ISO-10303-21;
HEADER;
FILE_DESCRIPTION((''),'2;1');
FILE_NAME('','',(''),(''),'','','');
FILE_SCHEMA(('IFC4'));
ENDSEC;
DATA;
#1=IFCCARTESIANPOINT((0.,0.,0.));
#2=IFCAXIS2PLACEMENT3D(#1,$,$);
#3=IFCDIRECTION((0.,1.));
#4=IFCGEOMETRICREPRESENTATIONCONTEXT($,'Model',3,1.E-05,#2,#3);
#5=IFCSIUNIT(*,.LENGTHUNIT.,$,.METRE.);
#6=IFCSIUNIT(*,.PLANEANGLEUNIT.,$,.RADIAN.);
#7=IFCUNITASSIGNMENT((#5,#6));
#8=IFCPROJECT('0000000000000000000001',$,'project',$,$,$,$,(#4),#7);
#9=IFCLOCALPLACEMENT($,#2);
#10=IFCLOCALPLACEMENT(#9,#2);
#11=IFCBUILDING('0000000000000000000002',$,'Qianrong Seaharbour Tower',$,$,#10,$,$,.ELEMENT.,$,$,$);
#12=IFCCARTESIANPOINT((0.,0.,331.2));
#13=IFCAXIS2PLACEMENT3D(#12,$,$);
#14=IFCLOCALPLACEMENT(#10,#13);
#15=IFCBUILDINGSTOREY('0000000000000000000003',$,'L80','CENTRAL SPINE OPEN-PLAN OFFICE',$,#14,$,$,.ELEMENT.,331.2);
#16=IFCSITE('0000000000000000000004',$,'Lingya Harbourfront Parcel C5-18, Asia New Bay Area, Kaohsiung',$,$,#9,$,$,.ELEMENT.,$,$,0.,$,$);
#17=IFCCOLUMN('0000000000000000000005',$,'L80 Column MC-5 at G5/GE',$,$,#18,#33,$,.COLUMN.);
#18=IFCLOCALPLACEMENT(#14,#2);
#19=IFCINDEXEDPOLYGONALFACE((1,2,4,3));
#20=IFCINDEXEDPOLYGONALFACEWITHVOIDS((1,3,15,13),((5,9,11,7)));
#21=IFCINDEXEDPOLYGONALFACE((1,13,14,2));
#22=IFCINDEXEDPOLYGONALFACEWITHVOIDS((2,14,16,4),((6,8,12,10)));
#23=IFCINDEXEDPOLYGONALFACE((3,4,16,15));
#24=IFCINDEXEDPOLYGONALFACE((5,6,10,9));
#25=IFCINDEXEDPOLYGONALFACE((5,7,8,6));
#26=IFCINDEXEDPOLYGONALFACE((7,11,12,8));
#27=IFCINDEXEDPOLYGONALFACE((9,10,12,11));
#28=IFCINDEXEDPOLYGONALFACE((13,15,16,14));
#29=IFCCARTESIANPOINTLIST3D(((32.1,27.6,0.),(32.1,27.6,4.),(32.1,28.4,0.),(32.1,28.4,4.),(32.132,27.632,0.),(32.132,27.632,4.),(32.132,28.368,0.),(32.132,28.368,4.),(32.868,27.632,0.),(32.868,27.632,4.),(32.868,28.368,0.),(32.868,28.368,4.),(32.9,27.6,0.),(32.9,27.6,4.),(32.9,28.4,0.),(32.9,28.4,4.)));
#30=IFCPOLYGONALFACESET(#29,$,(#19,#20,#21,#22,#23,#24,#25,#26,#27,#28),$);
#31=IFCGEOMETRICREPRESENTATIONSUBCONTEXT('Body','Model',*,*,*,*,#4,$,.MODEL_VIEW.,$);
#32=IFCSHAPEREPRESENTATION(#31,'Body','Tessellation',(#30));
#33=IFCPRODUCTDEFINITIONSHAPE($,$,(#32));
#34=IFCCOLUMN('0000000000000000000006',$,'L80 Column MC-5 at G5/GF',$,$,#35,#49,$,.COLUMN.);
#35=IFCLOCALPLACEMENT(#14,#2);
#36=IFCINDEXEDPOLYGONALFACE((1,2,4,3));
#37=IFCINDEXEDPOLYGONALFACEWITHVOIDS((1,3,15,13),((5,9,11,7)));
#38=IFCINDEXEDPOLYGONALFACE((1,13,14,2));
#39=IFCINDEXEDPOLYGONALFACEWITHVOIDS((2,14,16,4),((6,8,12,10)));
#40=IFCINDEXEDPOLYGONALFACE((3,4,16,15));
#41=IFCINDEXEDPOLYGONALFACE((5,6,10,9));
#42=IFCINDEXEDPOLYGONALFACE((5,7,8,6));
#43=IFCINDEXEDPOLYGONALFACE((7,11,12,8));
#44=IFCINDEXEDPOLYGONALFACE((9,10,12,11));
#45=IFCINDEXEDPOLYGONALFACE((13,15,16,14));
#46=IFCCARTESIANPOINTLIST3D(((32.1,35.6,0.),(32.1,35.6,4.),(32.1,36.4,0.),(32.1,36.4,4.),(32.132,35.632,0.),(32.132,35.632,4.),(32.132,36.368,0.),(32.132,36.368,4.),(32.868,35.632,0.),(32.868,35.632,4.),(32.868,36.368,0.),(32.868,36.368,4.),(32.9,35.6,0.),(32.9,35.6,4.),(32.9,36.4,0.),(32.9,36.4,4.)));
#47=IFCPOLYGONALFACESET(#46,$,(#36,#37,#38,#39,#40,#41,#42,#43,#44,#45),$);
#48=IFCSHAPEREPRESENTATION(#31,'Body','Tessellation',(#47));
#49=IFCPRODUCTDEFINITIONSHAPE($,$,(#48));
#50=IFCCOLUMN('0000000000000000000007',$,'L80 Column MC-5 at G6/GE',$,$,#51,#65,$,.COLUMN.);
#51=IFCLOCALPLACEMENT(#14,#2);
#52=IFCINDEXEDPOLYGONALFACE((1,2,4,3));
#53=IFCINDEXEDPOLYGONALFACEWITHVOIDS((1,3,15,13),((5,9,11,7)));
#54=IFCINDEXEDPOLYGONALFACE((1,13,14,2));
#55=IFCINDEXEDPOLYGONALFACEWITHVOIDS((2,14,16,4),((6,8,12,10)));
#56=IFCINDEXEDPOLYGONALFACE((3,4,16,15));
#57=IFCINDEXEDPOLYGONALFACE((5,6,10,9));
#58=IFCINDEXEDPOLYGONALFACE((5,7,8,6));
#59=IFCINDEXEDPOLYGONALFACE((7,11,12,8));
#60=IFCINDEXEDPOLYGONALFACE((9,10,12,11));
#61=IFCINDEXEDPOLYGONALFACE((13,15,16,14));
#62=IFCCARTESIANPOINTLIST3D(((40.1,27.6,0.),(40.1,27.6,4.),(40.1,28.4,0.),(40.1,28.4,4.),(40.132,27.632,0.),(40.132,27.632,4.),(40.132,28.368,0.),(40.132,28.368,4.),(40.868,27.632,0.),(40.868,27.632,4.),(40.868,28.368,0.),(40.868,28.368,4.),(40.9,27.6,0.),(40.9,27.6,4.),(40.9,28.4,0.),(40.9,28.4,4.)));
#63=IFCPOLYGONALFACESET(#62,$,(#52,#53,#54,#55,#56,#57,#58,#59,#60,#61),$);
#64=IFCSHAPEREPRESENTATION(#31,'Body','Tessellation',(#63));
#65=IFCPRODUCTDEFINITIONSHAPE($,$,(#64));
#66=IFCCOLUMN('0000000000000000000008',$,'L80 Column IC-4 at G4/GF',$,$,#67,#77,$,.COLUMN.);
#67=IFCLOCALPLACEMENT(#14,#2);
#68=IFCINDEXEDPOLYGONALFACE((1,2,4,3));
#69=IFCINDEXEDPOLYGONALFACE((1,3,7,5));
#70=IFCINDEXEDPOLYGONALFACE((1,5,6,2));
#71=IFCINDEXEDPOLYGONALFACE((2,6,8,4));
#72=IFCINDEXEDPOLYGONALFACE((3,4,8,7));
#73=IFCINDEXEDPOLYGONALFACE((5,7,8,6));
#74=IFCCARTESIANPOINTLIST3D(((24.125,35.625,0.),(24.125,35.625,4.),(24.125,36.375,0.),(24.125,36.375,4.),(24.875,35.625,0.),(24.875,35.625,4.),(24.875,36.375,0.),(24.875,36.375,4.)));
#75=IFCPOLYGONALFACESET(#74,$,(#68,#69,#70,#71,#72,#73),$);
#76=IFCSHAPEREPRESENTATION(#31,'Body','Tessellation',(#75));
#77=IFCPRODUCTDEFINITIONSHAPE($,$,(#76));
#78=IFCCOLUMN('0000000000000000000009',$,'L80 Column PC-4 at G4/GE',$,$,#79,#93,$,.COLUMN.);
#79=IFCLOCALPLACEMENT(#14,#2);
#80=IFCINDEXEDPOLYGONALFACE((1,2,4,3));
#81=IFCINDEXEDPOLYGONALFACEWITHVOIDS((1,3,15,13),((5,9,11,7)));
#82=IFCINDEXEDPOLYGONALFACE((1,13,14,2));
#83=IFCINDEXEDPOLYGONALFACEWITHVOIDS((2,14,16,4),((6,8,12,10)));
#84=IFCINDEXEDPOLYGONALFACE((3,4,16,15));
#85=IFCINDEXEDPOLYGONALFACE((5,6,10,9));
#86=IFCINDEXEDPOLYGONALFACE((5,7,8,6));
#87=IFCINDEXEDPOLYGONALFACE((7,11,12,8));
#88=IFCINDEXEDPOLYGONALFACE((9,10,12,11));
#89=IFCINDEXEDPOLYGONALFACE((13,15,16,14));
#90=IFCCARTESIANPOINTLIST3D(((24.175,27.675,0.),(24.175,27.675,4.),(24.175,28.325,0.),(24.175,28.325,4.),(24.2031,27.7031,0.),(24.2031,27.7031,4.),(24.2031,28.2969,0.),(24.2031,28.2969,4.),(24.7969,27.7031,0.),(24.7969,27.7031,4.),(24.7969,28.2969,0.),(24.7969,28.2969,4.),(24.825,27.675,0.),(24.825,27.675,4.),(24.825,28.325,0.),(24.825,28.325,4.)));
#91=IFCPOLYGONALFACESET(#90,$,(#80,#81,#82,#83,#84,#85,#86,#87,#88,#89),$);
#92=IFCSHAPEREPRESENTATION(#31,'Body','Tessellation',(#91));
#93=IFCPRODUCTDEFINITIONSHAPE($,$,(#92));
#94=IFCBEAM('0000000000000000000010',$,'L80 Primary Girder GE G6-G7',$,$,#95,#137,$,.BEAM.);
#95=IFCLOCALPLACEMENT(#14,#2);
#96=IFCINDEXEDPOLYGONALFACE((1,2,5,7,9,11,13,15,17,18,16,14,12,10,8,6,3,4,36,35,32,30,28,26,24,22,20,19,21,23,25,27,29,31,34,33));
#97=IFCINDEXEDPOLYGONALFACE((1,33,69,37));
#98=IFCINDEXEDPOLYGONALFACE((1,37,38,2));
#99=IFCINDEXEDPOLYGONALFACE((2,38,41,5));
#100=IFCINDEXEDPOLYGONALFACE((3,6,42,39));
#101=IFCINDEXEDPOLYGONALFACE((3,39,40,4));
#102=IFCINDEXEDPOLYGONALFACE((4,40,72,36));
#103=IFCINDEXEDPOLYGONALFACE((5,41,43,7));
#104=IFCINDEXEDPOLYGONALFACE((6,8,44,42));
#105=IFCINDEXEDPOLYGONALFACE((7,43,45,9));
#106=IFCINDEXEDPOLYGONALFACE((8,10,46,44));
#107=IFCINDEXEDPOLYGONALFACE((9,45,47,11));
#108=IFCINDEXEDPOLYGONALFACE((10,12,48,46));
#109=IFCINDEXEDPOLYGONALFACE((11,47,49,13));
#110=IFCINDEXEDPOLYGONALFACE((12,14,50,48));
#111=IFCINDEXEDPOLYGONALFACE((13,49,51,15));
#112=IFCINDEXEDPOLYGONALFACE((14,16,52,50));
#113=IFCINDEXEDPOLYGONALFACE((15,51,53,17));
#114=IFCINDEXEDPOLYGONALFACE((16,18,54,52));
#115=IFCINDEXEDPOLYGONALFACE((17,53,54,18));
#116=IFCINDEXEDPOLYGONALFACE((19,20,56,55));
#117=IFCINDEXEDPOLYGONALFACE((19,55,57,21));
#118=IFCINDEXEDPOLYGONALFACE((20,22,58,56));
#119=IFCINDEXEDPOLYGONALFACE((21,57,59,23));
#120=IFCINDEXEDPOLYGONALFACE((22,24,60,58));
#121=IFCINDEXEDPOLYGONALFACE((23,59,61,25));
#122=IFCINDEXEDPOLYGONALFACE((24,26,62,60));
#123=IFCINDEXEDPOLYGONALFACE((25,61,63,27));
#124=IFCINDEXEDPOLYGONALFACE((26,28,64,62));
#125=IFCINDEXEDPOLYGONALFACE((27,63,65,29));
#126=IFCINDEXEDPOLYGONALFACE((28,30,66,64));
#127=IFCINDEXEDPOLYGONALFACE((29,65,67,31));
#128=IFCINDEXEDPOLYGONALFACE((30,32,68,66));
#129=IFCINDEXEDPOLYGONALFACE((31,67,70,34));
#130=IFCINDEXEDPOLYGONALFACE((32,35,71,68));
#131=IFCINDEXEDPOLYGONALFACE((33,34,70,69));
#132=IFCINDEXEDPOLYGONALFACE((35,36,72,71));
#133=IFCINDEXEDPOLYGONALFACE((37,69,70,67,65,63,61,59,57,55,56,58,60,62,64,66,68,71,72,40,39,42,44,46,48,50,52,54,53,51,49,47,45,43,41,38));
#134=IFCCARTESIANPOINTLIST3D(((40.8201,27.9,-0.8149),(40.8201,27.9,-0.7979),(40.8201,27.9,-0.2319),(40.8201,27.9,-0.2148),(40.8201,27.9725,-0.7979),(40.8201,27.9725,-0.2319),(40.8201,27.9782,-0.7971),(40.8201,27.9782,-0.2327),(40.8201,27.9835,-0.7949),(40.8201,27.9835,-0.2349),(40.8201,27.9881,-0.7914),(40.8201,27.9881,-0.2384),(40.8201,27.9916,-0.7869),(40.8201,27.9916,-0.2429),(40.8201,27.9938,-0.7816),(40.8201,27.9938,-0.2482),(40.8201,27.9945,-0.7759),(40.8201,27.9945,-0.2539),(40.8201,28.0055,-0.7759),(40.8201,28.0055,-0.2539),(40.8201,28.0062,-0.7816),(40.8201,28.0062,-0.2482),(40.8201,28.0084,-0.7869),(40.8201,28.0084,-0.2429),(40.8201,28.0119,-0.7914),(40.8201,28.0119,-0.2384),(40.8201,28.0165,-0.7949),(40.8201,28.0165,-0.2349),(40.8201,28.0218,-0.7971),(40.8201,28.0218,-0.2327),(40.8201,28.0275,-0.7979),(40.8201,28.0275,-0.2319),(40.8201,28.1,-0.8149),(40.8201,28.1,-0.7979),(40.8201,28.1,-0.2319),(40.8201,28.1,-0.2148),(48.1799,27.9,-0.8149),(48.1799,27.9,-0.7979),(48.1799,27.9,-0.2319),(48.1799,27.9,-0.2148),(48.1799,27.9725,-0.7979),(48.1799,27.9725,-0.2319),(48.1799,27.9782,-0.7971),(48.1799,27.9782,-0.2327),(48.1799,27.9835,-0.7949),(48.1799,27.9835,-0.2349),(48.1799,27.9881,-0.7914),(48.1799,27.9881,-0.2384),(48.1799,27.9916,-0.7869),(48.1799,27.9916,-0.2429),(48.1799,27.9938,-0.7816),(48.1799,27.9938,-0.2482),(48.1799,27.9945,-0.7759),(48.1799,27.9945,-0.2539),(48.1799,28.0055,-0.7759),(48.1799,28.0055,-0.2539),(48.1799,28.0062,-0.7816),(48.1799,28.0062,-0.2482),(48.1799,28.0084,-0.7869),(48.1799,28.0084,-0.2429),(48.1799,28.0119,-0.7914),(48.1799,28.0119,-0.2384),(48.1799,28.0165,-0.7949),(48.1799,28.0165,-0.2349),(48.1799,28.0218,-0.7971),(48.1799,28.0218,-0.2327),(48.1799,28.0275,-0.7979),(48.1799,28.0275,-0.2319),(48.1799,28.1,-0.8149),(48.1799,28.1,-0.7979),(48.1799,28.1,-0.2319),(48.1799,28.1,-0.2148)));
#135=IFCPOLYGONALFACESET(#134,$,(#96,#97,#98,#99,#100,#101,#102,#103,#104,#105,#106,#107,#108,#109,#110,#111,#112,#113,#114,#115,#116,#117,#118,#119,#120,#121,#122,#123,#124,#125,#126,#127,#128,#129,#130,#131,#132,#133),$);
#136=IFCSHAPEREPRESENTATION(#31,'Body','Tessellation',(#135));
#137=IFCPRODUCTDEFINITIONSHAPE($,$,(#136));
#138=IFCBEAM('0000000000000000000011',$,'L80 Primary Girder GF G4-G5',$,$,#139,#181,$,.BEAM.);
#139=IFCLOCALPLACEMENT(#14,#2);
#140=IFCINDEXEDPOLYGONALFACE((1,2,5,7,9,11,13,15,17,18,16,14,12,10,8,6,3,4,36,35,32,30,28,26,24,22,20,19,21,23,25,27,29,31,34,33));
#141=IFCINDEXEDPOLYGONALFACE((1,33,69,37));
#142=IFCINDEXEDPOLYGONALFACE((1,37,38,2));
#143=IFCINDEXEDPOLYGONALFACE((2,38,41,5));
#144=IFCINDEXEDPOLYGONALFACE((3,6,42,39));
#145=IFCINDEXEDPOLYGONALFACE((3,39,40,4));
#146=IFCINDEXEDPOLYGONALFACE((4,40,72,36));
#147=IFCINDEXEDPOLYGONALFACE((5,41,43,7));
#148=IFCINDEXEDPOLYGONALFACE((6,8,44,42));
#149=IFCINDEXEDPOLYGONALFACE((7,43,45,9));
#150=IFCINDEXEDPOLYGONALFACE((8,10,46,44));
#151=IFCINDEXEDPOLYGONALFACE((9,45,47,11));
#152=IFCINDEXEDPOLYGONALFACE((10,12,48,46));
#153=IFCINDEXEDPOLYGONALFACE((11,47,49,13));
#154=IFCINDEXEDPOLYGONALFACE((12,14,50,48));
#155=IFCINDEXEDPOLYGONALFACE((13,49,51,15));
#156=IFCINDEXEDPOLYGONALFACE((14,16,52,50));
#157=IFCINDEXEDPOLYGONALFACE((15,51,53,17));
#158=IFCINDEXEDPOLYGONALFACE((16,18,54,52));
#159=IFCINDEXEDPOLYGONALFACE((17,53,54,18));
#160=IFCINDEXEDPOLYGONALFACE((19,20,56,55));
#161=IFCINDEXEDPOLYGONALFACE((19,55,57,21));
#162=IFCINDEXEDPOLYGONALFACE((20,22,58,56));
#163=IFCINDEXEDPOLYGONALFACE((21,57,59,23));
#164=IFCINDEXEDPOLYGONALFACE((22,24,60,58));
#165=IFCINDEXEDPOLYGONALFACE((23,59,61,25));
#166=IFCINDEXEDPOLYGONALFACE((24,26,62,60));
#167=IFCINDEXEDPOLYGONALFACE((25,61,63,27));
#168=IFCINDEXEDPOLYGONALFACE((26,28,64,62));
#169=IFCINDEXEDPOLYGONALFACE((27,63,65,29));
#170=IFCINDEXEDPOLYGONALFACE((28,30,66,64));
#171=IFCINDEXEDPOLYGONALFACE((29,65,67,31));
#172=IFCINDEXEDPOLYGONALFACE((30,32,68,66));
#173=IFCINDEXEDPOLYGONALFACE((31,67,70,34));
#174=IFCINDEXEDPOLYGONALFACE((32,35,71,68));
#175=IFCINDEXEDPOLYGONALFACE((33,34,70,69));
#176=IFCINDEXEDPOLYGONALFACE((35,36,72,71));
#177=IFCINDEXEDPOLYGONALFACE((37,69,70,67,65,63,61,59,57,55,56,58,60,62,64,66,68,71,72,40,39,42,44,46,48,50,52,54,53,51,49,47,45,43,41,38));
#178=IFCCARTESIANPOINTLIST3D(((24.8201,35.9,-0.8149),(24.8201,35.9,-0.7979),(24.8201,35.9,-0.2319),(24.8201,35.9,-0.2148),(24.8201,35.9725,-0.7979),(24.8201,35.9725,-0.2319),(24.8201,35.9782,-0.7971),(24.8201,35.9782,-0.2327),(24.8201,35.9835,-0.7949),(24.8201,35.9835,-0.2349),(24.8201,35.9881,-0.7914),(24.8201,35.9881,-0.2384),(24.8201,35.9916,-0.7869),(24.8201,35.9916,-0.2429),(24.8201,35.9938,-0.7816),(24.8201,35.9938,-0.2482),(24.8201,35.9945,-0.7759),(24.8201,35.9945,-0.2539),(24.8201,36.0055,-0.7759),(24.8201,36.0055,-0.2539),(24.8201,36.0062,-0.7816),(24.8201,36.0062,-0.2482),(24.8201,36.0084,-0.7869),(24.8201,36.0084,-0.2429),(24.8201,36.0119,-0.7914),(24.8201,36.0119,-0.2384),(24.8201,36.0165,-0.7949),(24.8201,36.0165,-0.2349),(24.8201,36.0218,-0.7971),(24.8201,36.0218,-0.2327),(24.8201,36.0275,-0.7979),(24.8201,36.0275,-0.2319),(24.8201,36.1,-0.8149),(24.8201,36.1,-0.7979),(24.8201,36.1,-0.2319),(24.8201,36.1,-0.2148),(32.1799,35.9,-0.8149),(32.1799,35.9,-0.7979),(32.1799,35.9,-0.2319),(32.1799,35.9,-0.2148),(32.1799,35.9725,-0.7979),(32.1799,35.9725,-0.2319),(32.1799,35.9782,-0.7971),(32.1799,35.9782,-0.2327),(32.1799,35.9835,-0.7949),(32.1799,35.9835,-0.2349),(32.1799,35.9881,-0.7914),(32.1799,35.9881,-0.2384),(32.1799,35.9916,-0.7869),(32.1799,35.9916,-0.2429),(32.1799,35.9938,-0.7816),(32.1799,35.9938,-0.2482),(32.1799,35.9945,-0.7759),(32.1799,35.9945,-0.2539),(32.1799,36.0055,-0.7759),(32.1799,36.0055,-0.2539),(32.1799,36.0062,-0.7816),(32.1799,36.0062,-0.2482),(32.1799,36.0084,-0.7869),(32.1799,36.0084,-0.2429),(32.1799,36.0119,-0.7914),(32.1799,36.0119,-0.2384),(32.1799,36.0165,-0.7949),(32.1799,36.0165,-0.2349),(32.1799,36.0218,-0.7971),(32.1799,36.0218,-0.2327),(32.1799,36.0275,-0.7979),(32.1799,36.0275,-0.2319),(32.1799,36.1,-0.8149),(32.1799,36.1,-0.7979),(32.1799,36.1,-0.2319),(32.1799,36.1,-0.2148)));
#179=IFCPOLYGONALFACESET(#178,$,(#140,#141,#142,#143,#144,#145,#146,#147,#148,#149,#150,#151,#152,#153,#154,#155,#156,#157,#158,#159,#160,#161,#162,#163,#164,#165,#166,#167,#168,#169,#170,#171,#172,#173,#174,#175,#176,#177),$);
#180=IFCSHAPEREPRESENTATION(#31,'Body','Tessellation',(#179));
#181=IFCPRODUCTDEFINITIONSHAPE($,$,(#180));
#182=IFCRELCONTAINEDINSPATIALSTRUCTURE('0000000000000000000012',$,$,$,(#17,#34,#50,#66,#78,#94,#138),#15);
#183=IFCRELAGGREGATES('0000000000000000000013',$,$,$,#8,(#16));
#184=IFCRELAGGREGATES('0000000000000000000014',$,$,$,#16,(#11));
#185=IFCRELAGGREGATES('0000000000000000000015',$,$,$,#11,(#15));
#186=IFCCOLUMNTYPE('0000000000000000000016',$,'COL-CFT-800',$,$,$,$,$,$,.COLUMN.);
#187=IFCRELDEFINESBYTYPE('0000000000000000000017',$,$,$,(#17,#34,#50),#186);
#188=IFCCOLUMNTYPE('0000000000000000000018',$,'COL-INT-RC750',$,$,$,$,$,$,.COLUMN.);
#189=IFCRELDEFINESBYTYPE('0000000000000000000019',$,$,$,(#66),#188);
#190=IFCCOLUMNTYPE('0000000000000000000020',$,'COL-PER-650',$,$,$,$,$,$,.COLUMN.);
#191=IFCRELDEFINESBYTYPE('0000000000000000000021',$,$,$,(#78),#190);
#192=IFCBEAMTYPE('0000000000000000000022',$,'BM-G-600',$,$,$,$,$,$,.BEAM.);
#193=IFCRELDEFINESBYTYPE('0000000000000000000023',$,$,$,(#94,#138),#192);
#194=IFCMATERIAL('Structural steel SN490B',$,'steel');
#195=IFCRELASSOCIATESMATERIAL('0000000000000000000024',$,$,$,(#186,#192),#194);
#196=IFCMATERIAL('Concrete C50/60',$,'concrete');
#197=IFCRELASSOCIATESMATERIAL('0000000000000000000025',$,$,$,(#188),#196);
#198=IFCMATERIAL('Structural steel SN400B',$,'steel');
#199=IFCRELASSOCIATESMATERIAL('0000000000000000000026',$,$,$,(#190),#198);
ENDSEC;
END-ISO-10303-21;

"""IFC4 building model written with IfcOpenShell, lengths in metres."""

from ifc_helpers import new_model, si_unit, direction, frame, origin, origin_2d, place, context, subcontext, project, spatial, rectangle, hollow_rectangle, i_section, extrude, material, material_profile, profile_set, type_object, element, save


model = new_model("IFC4")

# Units and contexts
model_context = context("Model", 3, precision=1e-05, world=origin(), true_north=direction((0.0, 1.0)))
body_context = subcontext(model_context, "Body", "Model", "MODEL_VIEW")
ifc_project = project(units=[si_unit("LENGTHUNIT", "METRE"), si_unit("PLANEANGLEUNIT", "RADIAN")], contexts=[model_context])

# Site, building, storey
site_placement = place(None, origin())
site = spatial("IfcSite", under=ifc_project, at=site_placement, Name="Lingya Harbourfront Parcel C5-18, Asia New Bay Area, Kaohsiung", CompositionType="ELEMENT", RefElevation=0.0)
building_placement = place(site_placement, origin())
building = spatial("IfcBuilding", under=site, at=building_placement, Name="Qianrong Seaharbour Tower", CompositionType="ELEMENT")
storey_placement = place(building_placement, frame((0.0, 0.0, 331.2)))
storey = spatial("IfcBuildingStorey", under=building, at=storey_placement, Name="L80", Description="CENTRAL SPINE OPEN-PLAN OFFICE", CompositionType="ELEMENT", Elevation=331.2)

# Columns
ifc_material_1 = material(Name="Structural steel SN490B", Category="steel")
ifc_material_profile_1 = material_profile(ifc_material_1, hollow_rectangle(XDim=0.8, YDim=0.8, WallThickness=0.032, at=origin_2d()), Name="BOX800x800x32")
ifc_profile_set_1 = profile_set([ifc_material_profile_1], Name="Structural steel SN490B")
column_type_1 = type_object("IfcColumnType", Name="COL-CFT-800", PredefinedType="COLUMN", material=ifc_profile_set_1)
for number, where, z_axis, x_axis, name in (
    (1, (32.5, 28.0, 0.0), (0.0, 0.0, 1.0), (1.0, 0.0, 0.0), "L80 Column MC-5 at G5/GE"),
    (2, (32.5, 36.0, 0.0), (0.0, 0.0, 1.0), (1.0, 0.0, 0.0), "L80 Column MC-5 at G5/GF"),
    (3, (40.5, 28.0, 0.0), (0.0, 0.0, 1.0), (1.0, 0.0, 0.0), "L80 Column MC-5 at G6/GE"),
):
    element("IfcColumn", number, at=place(storey_placement, frame(where, z_axis=z_axis, x_axis=x_axis)), inside=storey, type_object=column_type_1, Name=name, PredefinedType="COLUMN", context=body_context, shape_type="SweptSolid", body=[
        extrude(hollow_rectangle(XDim=0.8, YDim=0.8, WallThickness=0.032, at=origin_2d()), origin(), (0.0, 0.0, 1.0), 4.0),
    ])
ifc_material_2 = material(Name="Concrete C50/60", Category="concrete")
ifc_material_profile_2 = material_profile(ifc_material_2, rectangle(XDim=0.75, YDim=0.75, at=origin_2d()), Name="RC750x750")
ifc_profile_set_2 = profile_set([ifc_material_profile_2], Name="Concrete C50/60")
column_type_2 = type_object("IfcColumnType", Name="COL-INT-RC750", PredefinedType="COLUMN", material=ifc_profile_set_2)
column_1_placement = place(storey_placement, frame((24.5, 36.0, 0.0), z_axis=(0.0, 0.0, 1.0), x_axis=(1.0, 0.0, 0.0)))
element("IfcColumn", 4, at=column_1_placement, inside=storey, type_object=column_type_2, Name="L80 Column IC-4 at G4/GF", PredefinedType="COLUMN", context=body_context, shape_type="SweptSolid", body=[
    extrude(rectangle(XDim=0.75, YDim=0.75, at=origin_2d()), origin(), (0.0, 0.0, 1.0), 4.0),
])
ifc_material_3 = material(Name="Structural steel SN400B", Category="steel")
ifc_material_profile_3 = material_profile(ifc_material_3, hollow_rectangle(XDim=0.6499, YDim=0.6499, WallThickness=0.0281, at=origin_2d()), Name="BOX650x650x28")
ifc_profile_set_3 = profile_set([ifc_material_profile_3], Name="Structural steel SN400B")
column_type_3 = type_object("IfcColumnType", Name="COL-PER-650", PredefinedType="COLUMN", material=ifc_profile_set_3)
column_2_placement = place(storey_placement, frame((24.5, 28.0, 0.0), z_axis=(0.0, 0.0, 1.0), x_axis=(1.0, 0.0, 0.0)))
element("IfcColumn", 5, at=column_2_placement, inside=storey, type_object=column_type_3, Name="L80 Column PC-4 at G4/GE", PredefinedType="COLUMN", context=body_context, shape_type="SweptSolid", body=[
    extrude(hollow_rectangle(XDim=0.6499, YDim=0.6499, WallThickness=0.0281, at=origin_2d()), origin(), (0.0, 0.0, 1.0), 4.0),
])

# Beams
ifc_material_profile_4 = material_profile(ifc_material_1, i_section(OverallWidth=0.2, OverallDepth=0.6001, WebThickness=0.011, FlangeThickness=0.0171, FilletRadius=0.022, at=origin_2d()), Name="H600x200x11x17")
ifc_profile_set_4 = profile_set([ifc_material_profile_4], Name="Structural steel SN490B")
beam_type_1 = type_object("IfcBeamType", Name="BM-G-600", PredefinedType="BEAM", material=ifc_profile_set_4)
for number, where, z_axis, x_axis, name in (
    (6, (40.8201, 28.0, -0.5149), (1.0, 0.0, 0.0), (0.0, 1.0, 0.0), "L80 Primary Girder GE G6-G7"),
    (7, (24.8201, 36.0, -0.5149), (1.0, 0.0, 0.0), (0.0, 1.0, 0.0), "L80 Primary Girder GF G4-G5"),
):
    element("IfcBeam", number, at=place(storey_placement, frame(where, z_axis=z_axis, x_axis=x_axis)), inside=storey, type_object=beam_type_1, Name=name, PredefinedType="BEAM", context=body_context, shape_type="SweptSolid", body=[
        extrude(i_section(OverallWidth=0.2, OverallDepth=0.6001, WebThickness=0.011, FlangeThickness=0.0171, FilletRadius=0.022, at=origin_2d()), origin(), (0.0, 0.0, 1.0), 7.3599),
    ])

save(model, "model.ifc")
